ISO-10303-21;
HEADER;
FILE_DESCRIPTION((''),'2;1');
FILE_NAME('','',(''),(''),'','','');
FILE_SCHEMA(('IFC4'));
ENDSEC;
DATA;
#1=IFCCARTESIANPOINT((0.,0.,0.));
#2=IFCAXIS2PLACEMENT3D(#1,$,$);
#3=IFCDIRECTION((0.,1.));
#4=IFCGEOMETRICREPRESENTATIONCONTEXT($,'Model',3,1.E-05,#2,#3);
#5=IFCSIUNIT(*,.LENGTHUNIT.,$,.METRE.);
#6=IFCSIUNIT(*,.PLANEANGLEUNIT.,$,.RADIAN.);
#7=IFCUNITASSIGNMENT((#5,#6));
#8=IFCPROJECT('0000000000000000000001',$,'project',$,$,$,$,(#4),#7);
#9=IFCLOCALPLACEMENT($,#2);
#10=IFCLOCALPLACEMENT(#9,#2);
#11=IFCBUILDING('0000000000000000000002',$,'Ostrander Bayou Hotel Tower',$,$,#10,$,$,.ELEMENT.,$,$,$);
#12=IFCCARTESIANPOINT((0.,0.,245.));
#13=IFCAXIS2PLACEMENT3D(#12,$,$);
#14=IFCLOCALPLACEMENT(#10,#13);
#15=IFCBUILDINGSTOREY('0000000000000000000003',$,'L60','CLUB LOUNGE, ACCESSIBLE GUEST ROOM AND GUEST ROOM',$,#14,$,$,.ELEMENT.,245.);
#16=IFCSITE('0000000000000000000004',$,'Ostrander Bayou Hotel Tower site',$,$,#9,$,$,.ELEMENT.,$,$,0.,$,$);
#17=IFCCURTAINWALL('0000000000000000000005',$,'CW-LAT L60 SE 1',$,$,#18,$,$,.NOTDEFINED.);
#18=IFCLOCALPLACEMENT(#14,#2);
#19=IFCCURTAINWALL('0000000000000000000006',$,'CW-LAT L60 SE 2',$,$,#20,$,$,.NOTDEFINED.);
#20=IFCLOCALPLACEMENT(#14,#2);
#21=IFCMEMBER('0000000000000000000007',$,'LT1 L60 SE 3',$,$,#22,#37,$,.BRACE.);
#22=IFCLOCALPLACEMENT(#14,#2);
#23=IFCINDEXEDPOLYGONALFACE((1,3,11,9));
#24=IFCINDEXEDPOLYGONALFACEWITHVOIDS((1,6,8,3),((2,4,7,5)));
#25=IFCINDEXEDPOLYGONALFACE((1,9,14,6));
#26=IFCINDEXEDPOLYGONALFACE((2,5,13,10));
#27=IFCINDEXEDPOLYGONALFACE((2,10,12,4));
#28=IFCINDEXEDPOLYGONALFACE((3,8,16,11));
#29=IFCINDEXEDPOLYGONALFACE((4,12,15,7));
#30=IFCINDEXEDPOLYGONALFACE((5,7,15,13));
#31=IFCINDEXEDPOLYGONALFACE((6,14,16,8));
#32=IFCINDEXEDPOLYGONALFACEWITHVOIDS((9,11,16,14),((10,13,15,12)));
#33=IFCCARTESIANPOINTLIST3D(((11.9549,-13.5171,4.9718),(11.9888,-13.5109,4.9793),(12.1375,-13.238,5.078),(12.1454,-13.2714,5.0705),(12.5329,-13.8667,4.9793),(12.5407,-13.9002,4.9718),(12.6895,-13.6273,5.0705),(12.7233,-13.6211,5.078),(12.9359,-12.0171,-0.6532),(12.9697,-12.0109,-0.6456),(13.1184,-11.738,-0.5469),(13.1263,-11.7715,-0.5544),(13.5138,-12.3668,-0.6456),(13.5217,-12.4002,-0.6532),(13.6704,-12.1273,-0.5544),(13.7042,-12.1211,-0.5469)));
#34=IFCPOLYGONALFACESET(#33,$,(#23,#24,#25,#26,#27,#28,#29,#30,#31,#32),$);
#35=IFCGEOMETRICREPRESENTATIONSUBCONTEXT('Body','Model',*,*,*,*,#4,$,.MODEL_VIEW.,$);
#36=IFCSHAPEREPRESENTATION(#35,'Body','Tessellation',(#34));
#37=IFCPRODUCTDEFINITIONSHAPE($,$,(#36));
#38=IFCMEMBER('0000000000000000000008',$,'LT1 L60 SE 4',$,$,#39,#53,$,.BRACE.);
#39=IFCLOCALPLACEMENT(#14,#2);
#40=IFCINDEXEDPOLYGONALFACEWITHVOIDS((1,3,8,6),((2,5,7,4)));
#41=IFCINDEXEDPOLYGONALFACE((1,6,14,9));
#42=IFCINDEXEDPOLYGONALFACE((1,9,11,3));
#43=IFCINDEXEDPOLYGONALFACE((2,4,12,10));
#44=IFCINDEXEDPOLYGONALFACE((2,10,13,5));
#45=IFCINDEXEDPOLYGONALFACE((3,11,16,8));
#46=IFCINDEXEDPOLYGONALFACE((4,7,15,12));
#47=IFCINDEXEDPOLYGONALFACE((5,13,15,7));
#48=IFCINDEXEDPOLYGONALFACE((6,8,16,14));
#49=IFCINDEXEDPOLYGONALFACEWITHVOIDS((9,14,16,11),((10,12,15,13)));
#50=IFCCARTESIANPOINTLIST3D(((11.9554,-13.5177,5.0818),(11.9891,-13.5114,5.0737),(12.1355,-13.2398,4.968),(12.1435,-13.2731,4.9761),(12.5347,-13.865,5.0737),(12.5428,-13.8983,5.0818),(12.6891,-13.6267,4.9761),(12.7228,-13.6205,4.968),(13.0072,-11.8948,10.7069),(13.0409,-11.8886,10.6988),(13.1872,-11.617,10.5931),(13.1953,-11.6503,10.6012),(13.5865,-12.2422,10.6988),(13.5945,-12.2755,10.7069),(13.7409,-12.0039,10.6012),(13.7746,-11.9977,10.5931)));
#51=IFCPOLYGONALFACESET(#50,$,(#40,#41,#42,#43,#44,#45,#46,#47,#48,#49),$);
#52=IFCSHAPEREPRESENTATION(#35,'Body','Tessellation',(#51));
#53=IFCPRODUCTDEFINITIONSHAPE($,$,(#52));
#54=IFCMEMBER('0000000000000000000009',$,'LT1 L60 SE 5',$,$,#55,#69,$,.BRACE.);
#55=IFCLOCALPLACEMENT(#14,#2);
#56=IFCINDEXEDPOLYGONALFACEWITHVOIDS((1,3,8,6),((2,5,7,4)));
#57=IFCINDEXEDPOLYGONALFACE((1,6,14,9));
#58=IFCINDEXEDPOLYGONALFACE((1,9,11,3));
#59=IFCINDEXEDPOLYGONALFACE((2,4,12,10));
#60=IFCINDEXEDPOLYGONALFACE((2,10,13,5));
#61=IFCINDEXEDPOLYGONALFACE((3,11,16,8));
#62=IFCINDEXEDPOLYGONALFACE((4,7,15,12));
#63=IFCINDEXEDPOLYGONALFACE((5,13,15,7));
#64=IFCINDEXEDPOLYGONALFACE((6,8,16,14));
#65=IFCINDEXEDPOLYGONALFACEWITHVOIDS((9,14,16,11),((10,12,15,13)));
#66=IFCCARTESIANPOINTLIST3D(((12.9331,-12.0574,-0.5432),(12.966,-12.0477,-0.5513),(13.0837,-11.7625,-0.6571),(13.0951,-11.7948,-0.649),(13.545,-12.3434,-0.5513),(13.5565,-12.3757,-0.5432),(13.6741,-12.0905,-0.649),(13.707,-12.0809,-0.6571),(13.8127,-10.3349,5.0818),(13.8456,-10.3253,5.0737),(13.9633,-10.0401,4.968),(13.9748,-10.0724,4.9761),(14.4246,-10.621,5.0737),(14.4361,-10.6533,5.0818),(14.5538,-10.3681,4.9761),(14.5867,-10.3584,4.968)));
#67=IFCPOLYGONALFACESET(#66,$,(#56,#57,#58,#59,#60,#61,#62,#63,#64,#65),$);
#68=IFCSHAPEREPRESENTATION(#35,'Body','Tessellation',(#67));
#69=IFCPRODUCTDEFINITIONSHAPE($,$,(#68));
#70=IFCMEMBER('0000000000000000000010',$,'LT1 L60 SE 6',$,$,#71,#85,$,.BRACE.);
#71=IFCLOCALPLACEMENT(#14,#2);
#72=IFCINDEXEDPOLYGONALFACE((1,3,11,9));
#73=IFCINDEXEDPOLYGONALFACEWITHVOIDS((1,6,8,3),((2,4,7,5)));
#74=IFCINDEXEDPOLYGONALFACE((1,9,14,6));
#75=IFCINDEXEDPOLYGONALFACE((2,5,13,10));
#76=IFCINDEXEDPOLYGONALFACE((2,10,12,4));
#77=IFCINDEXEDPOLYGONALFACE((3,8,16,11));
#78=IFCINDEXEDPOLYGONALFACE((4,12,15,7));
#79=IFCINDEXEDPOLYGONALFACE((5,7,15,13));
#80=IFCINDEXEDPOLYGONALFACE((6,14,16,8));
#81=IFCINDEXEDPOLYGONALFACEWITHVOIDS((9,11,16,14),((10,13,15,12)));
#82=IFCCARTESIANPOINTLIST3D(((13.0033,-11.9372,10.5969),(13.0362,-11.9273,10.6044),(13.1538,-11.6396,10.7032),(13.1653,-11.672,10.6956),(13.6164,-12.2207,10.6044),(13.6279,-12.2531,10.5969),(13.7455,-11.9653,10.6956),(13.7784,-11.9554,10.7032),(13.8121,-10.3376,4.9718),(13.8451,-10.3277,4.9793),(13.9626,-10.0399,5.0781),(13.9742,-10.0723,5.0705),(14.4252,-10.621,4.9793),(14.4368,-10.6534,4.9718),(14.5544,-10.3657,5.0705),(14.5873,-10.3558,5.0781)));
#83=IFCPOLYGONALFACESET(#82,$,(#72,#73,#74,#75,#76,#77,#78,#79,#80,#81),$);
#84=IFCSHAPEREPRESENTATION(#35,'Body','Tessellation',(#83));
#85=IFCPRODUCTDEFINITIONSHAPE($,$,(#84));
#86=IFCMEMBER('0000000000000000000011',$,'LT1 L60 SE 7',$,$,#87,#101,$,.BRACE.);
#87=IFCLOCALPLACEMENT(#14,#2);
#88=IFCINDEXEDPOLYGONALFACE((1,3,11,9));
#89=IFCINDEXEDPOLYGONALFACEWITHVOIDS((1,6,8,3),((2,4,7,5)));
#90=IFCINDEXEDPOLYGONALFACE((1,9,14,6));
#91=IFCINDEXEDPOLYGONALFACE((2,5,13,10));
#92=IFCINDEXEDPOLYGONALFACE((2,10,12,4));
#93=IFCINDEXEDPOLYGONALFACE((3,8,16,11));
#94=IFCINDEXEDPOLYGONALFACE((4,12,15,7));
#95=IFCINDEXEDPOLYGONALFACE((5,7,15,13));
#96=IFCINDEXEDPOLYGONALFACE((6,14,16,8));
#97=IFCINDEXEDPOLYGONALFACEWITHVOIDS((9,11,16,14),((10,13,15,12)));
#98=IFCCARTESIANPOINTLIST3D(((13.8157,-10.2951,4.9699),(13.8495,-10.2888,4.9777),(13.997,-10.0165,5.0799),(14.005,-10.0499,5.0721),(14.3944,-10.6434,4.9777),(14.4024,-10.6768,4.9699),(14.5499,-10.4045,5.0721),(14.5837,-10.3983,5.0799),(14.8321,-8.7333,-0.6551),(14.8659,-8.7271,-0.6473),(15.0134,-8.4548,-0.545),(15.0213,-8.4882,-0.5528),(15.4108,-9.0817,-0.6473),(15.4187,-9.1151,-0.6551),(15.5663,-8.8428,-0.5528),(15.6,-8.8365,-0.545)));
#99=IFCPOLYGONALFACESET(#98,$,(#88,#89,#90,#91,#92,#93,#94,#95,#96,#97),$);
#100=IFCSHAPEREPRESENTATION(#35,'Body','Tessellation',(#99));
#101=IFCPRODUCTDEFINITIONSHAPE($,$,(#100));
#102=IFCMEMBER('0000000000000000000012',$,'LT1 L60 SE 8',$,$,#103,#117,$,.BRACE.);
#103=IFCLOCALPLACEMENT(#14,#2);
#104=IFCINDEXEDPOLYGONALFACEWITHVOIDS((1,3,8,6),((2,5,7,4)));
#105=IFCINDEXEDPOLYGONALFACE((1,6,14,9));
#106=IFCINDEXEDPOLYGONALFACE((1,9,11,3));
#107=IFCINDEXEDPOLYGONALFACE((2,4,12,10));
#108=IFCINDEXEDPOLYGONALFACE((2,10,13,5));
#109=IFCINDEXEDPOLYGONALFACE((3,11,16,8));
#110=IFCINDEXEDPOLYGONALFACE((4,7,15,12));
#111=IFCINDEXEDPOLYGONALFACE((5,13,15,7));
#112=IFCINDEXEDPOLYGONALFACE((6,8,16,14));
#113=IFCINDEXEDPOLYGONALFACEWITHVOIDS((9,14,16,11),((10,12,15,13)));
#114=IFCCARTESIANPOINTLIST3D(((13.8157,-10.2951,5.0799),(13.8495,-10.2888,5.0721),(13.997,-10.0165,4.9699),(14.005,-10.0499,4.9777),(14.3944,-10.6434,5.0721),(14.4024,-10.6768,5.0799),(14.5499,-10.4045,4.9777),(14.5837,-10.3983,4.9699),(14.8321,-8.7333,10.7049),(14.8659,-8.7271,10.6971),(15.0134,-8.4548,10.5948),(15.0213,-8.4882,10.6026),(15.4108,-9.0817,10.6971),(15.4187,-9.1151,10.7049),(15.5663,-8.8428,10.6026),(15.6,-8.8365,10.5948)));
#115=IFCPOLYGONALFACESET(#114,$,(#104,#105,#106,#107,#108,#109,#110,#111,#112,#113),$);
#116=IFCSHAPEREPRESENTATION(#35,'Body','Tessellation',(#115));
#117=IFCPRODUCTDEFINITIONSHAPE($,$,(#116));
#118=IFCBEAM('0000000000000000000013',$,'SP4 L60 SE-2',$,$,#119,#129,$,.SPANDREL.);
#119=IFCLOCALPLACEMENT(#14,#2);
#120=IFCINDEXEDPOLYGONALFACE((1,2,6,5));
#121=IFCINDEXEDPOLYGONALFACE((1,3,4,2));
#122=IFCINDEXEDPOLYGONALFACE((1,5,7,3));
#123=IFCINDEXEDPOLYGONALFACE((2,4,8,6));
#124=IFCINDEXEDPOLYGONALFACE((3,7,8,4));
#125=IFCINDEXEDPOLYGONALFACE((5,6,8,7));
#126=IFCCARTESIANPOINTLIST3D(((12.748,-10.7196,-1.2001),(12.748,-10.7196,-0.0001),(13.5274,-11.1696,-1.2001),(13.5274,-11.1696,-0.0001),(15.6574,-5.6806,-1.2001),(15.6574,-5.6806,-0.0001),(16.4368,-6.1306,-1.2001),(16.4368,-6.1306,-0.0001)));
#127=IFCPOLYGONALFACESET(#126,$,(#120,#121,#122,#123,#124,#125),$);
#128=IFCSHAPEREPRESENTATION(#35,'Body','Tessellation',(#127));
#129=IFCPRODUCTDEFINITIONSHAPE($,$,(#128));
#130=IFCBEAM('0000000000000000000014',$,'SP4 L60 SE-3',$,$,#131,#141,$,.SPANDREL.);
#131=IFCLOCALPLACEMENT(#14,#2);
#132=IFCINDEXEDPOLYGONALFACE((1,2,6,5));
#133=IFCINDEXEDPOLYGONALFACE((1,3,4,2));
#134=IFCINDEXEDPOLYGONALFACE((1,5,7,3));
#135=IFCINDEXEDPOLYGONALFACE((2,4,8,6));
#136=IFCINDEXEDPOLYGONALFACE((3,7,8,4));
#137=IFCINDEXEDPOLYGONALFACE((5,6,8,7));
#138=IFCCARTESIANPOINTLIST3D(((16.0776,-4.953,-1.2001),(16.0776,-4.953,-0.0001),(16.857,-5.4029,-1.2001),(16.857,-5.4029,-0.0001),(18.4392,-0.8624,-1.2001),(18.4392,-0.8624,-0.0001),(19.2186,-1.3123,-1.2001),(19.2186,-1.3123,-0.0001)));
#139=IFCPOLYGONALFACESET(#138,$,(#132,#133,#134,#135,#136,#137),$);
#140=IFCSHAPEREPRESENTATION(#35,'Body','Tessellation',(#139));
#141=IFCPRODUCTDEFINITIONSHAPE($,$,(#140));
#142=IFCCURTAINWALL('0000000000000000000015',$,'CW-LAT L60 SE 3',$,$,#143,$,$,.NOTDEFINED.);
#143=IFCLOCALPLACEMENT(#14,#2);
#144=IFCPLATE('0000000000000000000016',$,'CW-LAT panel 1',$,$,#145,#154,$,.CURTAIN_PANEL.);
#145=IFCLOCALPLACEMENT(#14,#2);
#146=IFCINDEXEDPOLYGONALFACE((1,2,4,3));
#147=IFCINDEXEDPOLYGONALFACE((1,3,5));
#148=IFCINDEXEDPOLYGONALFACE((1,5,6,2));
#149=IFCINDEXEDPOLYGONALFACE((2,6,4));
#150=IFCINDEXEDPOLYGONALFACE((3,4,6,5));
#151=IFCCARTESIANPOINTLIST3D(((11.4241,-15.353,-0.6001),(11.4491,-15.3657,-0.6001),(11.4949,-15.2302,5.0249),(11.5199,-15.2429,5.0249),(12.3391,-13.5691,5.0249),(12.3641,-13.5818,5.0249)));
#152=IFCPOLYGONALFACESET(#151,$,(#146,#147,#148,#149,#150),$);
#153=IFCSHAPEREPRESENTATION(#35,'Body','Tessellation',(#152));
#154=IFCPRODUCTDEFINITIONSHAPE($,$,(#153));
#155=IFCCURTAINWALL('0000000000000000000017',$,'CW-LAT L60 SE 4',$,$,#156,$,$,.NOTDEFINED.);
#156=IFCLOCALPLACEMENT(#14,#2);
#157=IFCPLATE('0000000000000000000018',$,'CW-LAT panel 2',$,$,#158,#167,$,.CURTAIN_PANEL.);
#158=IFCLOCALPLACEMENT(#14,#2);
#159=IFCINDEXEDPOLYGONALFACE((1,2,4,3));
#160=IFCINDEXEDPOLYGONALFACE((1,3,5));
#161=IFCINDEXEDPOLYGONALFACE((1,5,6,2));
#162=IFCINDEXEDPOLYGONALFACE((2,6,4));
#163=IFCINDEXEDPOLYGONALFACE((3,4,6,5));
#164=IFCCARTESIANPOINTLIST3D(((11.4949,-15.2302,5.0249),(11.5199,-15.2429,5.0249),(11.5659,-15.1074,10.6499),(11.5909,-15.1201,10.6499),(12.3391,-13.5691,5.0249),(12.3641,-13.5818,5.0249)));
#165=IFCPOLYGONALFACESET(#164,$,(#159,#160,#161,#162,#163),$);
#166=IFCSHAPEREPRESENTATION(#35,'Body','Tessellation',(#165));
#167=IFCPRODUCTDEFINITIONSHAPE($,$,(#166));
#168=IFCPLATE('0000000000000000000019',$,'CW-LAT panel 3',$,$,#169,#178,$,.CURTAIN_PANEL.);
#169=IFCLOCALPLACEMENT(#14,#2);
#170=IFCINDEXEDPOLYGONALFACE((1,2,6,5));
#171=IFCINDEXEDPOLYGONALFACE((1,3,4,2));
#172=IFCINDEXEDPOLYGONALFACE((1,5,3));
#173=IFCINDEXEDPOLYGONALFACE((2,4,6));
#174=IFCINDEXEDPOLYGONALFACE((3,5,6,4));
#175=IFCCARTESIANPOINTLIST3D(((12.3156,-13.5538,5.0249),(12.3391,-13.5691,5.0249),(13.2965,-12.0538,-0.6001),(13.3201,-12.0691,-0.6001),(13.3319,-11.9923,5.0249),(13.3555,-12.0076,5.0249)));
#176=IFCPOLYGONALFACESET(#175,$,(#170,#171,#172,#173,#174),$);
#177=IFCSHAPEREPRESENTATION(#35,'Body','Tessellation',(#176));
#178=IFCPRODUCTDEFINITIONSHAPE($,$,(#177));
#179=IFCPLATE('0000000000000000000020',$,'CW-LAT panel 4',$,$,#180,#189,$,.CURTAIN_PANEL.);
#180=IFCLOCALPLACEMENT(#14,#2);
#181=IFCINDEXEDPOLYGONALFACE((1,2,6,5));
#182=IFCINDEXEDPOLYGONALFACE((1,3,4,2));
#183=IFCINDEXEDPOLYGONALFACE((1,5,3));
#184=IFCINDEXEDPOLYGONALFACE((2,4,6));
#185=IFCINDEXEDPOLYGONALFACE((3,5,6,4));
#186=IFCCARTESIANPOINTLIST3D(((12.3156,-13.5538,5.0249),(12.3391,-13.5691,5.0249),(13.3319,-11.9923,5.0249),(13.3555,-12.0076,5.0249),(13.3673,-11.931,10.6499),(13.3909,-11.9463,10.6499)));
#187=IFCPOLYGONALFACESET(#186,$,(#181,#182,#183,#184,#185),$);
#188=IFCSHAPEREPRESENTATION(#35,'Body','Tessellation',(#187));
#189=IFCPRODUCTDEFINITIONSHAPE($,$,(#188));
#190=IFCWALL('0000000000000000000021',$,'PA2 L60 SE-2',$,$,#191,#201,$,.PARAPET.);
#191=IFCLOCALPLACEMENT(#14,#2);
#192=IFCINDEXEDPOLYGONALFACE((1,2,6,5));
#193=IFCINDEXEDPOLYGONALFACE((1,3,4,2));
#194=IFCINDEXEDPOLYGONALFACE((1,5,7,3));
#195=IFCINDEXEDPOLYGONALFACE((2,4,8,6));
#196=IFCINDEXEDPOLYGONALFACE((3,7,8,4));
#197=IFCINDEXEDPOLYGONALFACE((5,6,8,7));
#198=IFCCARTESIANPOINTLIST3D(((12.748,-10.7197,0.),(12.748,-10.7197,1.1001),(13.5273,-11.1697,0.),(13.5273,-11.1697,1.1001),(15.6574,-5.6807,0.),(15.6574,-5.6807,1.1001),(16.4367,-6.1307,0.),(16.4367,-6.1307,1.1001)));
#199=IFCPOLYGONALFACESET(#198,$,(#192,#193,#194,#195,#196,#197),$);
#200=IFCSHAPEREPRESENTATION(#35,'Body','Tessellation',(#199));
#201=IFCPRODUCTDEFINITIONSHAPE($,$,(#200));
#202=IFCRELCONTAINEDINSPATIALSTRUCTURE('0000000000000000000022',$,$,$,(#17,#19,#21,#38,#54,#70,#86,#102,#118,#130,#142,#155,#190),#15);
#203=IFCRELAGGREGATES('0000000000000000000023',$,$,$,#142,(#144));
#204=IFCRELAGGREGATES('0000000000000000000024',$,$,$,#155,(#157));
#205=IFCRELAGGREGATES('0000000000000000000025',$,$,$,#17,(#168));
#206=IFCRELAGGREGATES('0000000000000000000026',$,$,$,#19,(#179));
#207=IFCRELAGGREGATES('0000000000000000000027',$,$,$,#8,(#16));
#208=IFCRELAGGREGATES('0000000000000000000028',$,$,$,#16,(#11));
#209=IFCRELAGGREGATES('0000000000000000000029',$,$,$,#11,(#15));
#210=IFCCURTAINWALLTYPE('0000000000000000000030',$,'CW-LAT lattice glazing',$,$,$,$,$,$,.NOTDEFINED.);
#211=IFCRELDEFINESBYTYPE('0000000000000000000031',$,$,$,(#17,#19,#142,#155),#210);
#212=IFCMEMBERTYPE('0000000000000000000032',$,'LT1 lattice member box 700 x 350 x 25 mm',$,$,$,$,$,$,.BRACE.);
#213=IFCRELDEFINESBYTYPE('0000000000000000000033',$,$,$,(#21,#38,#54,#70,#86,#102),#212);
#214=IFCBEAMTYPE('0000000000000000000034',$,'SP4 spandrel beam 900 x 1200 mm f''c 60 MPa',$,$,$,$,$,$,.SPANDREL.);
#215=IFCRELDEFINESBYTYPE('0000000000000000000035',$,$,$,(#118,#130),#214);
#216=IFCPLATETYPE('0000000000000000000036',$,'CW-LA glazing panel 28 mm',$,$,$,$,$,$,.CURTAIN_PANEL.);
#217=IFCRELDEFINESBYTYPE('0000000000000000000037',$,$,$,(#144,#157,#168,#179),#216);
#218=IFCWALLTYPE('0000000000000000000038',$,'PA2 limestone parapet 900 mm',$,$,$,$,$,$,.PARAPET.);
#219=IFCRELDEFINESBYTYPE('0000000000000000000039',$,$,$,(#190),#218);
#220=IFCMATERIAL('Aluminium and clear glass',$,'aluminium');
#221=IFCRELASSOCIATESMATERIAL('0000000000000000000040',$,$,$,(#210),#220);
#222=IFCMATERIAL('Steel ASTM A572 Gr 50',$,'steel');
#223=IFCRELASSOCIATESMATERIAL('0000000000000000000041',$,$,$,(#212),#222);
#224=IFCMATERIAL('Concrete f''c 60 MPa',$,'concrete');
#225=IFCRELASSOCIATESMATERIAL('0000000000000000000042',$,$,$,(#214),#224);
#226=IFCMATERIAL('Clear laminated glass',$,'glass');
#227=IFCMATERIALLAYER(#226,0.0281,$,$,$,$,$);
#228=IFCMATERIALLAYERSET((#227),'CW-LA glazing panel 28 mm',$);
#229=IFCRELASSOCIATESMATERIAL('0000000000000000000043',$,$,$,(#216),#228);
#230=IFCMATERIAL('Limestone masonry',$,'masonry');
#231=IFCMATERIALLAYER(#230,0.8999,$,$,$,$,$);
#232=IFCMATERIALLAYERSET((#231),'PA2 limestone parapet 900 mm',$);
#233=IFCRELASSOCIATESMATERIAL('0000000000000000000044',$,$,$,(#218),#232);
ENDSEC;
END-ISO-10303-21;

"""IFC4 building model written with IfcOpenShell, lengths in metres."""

from ifc_helpers import new_model, si_unit, direction, frame, frame_2d, origin, origin_2d, place, context, subcontext, project, spatial, polyline, rectangle, hollow_rectangle, outline, extrude, material, layer, layer_set, material_profile, profile_set, type_object, element, aggregate, save


model = new_model("IFC4")

# Units and contexts
model_context = context("Model", 3, precision=1e-05, world=origin(), true_north=direction((0.0, 1.0)))
body_context = subcontext(model_context, "Body", "Model", "MODEL_VIEW")
ifc_project = project(units=[si_unit("LENGTHUNIT", "METRE"), si_unit("PLANEANGLEUNIT", "RADIAN")], contexts=[model_context])

# Site, building, storey
site_placement = place(None, origin())
site = spatial("IfcSite", under=ifc_project, at=site_placement, Name="Ostrander Bayou Hotel Tower site", CompositionType="ELEMENT", RefElevation=0.0)
building_placement = place(site_placement, origin())
building = spatial("IfcBuilding", under=site, at=building_placement, Name="Ostrander Bayou Hotel Tower", CompositionType="ELEMENT")
storey_placement = place(building_placement, frame((0.0, 0.0, 245.0)))
storey = spatial("IfcBuildingStorey", under=building, at=storey_placement, Name="L60", Description="CLUB LOUNGE, ACCESSIBLE GUEST ROOM AND GUEST ROOM", CompositionType="ELEMENT", Elevation=245.0)

# Curtain walls
ifc_material_1 = material(Name="Aluminium and clear glass", Category="aluminium")
curtain_wall_type = type_object("IfcCurtainWallType", Name="CW-LAT lattice glazing", PredefinedType="NOTDEFINED", material=ifc_material_1)
curtain_wall_1_placement = place(storey_placement, origin())
curtain_wall_1 = element("IfcCurtainWall", 1, at=curtain_wall_1_placement, inside=storey, type_object=curtain_wall_type, Name="CW-LAT L60 SE 1", PredefinedType="NOTDEFINED")
curtain_wall_2_placement = place(storey_placement, origin())
curtain_wall_2 = element("IfcCurtainWall", 2, at=curtain_wall_2_placement, inside=storey, type_object=curtain_wall_type, Name="CW-LAT L60 SE 2", PredefinedType="NOTDEFINED")

# Members
ifc_material_2 = material(Name="Steel ASTM A572 Gr 50", Category="steel")
ifc_material_profile_1 = material_profile(ifc_material_2, hollow_rectangle(XDim=0.7, YDim=0.3501, WallThickness=0.0249, at=origin_2d()))
ifc_profile_set_1 = profile_set([ifc_material_profile_1], Name="Steel ASTM A572 Gr 50")
member_type_1 = type_object("IfcMemberType", Name="LT1 lattice member box 700 x 350 x 25 mm", PredefinedType="BRACE", material=ifc_profile_set_1)
member_1_placement = place(storey_placement, frame((12.3391, -13.5691, 5.0249), z_axis=(0.166162, 0.254081, -0.952803), x_axis=(-0.836922, 0.547323, 0.0)))
element("IfcMember", 3, at=member_1_placement, inside=storey, type_object=member_type_1, Name="LT1 L60 SE 3", PredefinedType="BRACE", context=body_context, shape_type="SweptSolid", body=[
    extrude(hollow_rectangle(XDim=0.7, YDim=0.3501, WallThickness=0.0249, at=origin_2d()), origin(), (0.0, 0.0, 1.0), 5.9036),
])
for number, where, z_axis, x_axis, name in (
    (4, (12.3391, -13.5691, 5.0249), (0.176821, 0.272825, 0.945675), (-0.839167, 0.543874, 0.0), "LT1 L60 SE 4"),
    (5, (14.1997, -10.3467, 5.0249), (-0.147883, -0.289569, -0.945664), (0.890582, -0.454822, 0.0), "LT1 L60 SE 5"),
):
    element("IfcMember", number, at=place(storey_placement, frame(where, z_axis=z_axis, x_axis=x_axis)), inside=storey, type_object=member_type_1, Name=name, PredefinedType="BRACE", context=body_context, shape_type="SweptSolid", body=[
        extrude(hollow_rectangle(XDim=0.7, YDim=0.3501, WallThickness=0.0249, at=origin_2d()), origin(), (0.0, 0.0, 1.0), 5.9482),
    ])
member_2_placement = place(storey_placement, frame((14.1997, -10.3467, 5.0249), z_axis=(-0.137005, -0.270951, 0.952793), x_axis=(0.892402, -0.451241, 0.0)))
element("IfcMember", 6, at=member_2_placement, inside=storey, type_object=member_type_1, Name="LT1 L60 SE 6", PredefinedType="BRACE", context=body_context, shape_type="SweptSolid", body=[
    extrude(hollow_rectangle(XDim=0.7, YDim=0.3501, WallThickness=0.0249, at=origin_2d()), origin(), (0.0, 0.0, 1.0), 5.9038),
])
for number, where, z_axis, x_axis, name in (
    (7, (14.1997, -10.3467, 5.0249), (0.17152, 0.263563, -0.949271), (-0.838147, 0.545444, 0.0), "LT1 L60 SE 7"),
    (8, (14.1997, -10.3467, 5.0249), (0.17152, 0.263563, 0.949271), (-0.838147, 0.545444, 0.0), "LT1 L60 SE 8"),
):
    element("IfcMember", number, at=place(storey_placement, frame(where, z_axis=z_axis, x_axis=x_axis)), inside=storey, type_object=member_type_1, Name=name, PredefinedType="BRACE", context=body_context, shape_type="SweptSolid", body=[
        extrude(hollow_rectangle(XDim=0.7, YDim=0.3501, WallThickness=0.0249, at=origin_2d()), origin(), (0.0, 0.0, 1.0), 5.9255),
    ])

# Beams
ifc_material_3 = material(Name="Concrete f'c 60 MPa", Category="concrete")
ifc_material_profile_2 = material_profile(ifc_material_3, rectangle(XDim=0.8999, YDim=1.2, at=origin_2d()))
ifc_profile_set_2 = profile_set([ifc_material_profile_2], Name="Concrete f'c 60 MPa")
beam_type_1 = type_object("IfcBeamType", Name="SP4 spandrel beam 900 x 1200 mm f'c 60 MPa", PredefinedType="SPANDREL", material=ifc_profile_set_2)
beam_1_placement = place(storey_placement, frame((13.1377, -10.9446, -0.6001), z_axis=(0.500015, 0.866016, 0.0), x_axis=(-0.866016, 0.500015, 0.0)))
element("IfcBeam", 9, at=beam_1_placement, inside=storey, type_object=beam_type_1, Name="SP4 L60 SE-2", PredefinedType="SPANDREL", context=body_context, shape_type="SweptSolid", body=[
    extrude(rectangle(XDim=0.8999, YDim=1.2, at=origin_2d()), origin(), (0.0, 0.0, 1.0), 5.8186),
])
beam_2_placement = place(storey_placement, frame((16.4673, -5.178, -0.6001), z_axis=(0.49998, 0.866037, 0.0), x_axis=(-0.866037, 0.49998, 0.0)))
element("IfcBeam", 10, at=beam_2_placement, inside=storey, type_object=beam_type_1, Name="SP4 L60 SE-3", PredefinedType="SPANDREL", context=body_context, shape_type="SweptSolid", body=[
    extrude(rectangle(XDim=0.8999, YDim=1.2, at=origin_2d()), origin(), (0.0, 0.0, 1.0), 4.7234),
])

# Curtain walls, plates
curtain_wall_3_placement = place(storey_placement, origin())
curtain_wall_3 = element("IfcCurtainWall", 11, at=curtain_wall_3_placement, inside=storey, type_object=curtain_wall_type, Name="CW-LAT L60 SE 3", PredefinedType="NOTDEFINED")
ifc_material_4 = material(Name="Clear laminated glass", Category="glass")
ifc_layer_1 = layer(ifc_material_4, 0.0281)
ifc_layer_set_1 = layer_set([ifc_layer_1], Name="CW-LA glazing panel 28 mm")
plate_type = type_object("IfcPlateType", Name="CW-LA glazing panel 28 mm", PredefinedType="CURTAIN_PANEL", material=ifc_layer_set_1)
plate_1_placement = place(storey_placement, frame((12.3391, -13.5691, 5.0249), z_axis=(-0.891472, 0.453073, 0.001329), x_axis=(-0.153231, -0.298735, -0.941954)))
plate_1 = element("IfcPlate", 12, at=plate_1_placement, type_object=plate_type, Name="CW-LAT panel 1", PredefinedType="CURTAIN_PANEL", context=body_context, shape_type="SweptSolid", body=[
    extrude(outline(polyline([(0.0, 0.0), (5.9716, 0.0), (0.6256, 1.7552), (0.0, 0.0)])), origin(), (0.0, 0.0, -1.0), 0.0281),
])
aggregate(curtain_wall_3, [plate_1])
curtain_wall_4_placement = place(storey_placement, origin())
curtain_wall_4 = element("IfcCurtainWall", 13, at=curtain_wall_4_placement, inside=storey, type_object=curtain_wall_type, Name="CW-LAT L60 SE 4", PredefinedType="NOTDEFINED")
plate_2_placement = place(storey_placement, frame((12.3391, -13.5691, 5.0249), z_axis=(-0.891472, 0.453073, 0.001368), x_axis=(-0.131437, -0.261505, 0.956211)))
plate_2 = element("IfcPlate", 14, at=plate_2_placement, type_object=plate_type, Name="CW-LAT panel 2", PredefinedType="CURTAIN_PANEL", context=body_context, shape_type="SweptSolid", body=[
    extrude(outline(polyline([(0.0, 0.0), (5.8826, 0.0), (0.5454, -1.7818), (0.0, 0.0)])), origin(), (0.0, 0.0, -1.0), 0.0281),
])
aggregate(curtain_wall_4, [plate_2])

# Plates
plate_3_placement = place(storey_placement, frame((12.3391, -13.5691, 5.0249), z_axis=(0.838108, -0.545504, 0.000692), x_axis=(0.166162, 0.254081, -0.952803)))
plate_3 = element("IfcPlate", 15, at=plate_3_placement, type_object=plate_type, Name="CW-LAT panel 3", PredefinedType="CURTAIN_PANEL", context=body_context, shape_type="SweptSolid", body=[
    extrude(outline(polyline([(0.0, 0.0), (5.9036, 0.0), (0.5656, 1.7752), (0.0, 0.0)])), origin(), (0.0, 0.0, -1.0), 0.0281),
])
aggregate(curtain_wall_1, [plate_3])
plate_4_placement = place(storey_placement, frame((12.3391, -13.5691, 5.0249), z_axis=(0.838108, -0.545504, 0.000668), x_axis=(0.176821, 0.272825, 0.945675)))
plate_4 = element("IfcPlate", 16, at=plate_4_placement, type_object=plate_type, Name="CW-LAT panel 4", PredefinedType="CURTAIN_PANEL", context=body_context, shape_type="SweptSolid", body=[
    extrude(outline(polyline([(0.0, 0.0), (5.9481, 0.0), (0.6057, -1.7619), (0.0, 0.0)])), origin(), (0.0, 0.0, -1.0), 0.0281),
])
aggregate(curtain_wall_2, [plate_4])

# Wall
ifc_material_5 = material(Name="Limestone masonry", Category="masonry")
ifc_layer_2 = layer(ifc_material_5, 0.8999)
ifc_layer_set_2 = layer_set([ifc_layer_2], Name="PA2 limestone parapet 900 mm")
wall_type = type_object("IfcWallType", Name="PA2 limestone parapet 900 mm", PredefinedType="PARAPET", material=ifc_layer_set_2)
wall_1_placement = place(storey_placement, frame((13.1377, -10.9446, 0.0), z_axis=(0.0, 0.0, 1.0), x_axis=(0.500015, 0.866016, 0.0)))
element("IfcWall", 17, at=wall_1_placement, inside=storey, type_object=wall_type, Name="PA2 L60 SE-2", PredefinedType="PARAPET", context=body_context, shape_type="SweptSolid", body=[
    extrude(rectangle(XDim=5.8186, YDim=0.8999, at=frame_2d((2.9092, 0.0))), origin(), (0.0, 0.0, 1.0), 1.1001),
])

save(model, "model.ifc")
